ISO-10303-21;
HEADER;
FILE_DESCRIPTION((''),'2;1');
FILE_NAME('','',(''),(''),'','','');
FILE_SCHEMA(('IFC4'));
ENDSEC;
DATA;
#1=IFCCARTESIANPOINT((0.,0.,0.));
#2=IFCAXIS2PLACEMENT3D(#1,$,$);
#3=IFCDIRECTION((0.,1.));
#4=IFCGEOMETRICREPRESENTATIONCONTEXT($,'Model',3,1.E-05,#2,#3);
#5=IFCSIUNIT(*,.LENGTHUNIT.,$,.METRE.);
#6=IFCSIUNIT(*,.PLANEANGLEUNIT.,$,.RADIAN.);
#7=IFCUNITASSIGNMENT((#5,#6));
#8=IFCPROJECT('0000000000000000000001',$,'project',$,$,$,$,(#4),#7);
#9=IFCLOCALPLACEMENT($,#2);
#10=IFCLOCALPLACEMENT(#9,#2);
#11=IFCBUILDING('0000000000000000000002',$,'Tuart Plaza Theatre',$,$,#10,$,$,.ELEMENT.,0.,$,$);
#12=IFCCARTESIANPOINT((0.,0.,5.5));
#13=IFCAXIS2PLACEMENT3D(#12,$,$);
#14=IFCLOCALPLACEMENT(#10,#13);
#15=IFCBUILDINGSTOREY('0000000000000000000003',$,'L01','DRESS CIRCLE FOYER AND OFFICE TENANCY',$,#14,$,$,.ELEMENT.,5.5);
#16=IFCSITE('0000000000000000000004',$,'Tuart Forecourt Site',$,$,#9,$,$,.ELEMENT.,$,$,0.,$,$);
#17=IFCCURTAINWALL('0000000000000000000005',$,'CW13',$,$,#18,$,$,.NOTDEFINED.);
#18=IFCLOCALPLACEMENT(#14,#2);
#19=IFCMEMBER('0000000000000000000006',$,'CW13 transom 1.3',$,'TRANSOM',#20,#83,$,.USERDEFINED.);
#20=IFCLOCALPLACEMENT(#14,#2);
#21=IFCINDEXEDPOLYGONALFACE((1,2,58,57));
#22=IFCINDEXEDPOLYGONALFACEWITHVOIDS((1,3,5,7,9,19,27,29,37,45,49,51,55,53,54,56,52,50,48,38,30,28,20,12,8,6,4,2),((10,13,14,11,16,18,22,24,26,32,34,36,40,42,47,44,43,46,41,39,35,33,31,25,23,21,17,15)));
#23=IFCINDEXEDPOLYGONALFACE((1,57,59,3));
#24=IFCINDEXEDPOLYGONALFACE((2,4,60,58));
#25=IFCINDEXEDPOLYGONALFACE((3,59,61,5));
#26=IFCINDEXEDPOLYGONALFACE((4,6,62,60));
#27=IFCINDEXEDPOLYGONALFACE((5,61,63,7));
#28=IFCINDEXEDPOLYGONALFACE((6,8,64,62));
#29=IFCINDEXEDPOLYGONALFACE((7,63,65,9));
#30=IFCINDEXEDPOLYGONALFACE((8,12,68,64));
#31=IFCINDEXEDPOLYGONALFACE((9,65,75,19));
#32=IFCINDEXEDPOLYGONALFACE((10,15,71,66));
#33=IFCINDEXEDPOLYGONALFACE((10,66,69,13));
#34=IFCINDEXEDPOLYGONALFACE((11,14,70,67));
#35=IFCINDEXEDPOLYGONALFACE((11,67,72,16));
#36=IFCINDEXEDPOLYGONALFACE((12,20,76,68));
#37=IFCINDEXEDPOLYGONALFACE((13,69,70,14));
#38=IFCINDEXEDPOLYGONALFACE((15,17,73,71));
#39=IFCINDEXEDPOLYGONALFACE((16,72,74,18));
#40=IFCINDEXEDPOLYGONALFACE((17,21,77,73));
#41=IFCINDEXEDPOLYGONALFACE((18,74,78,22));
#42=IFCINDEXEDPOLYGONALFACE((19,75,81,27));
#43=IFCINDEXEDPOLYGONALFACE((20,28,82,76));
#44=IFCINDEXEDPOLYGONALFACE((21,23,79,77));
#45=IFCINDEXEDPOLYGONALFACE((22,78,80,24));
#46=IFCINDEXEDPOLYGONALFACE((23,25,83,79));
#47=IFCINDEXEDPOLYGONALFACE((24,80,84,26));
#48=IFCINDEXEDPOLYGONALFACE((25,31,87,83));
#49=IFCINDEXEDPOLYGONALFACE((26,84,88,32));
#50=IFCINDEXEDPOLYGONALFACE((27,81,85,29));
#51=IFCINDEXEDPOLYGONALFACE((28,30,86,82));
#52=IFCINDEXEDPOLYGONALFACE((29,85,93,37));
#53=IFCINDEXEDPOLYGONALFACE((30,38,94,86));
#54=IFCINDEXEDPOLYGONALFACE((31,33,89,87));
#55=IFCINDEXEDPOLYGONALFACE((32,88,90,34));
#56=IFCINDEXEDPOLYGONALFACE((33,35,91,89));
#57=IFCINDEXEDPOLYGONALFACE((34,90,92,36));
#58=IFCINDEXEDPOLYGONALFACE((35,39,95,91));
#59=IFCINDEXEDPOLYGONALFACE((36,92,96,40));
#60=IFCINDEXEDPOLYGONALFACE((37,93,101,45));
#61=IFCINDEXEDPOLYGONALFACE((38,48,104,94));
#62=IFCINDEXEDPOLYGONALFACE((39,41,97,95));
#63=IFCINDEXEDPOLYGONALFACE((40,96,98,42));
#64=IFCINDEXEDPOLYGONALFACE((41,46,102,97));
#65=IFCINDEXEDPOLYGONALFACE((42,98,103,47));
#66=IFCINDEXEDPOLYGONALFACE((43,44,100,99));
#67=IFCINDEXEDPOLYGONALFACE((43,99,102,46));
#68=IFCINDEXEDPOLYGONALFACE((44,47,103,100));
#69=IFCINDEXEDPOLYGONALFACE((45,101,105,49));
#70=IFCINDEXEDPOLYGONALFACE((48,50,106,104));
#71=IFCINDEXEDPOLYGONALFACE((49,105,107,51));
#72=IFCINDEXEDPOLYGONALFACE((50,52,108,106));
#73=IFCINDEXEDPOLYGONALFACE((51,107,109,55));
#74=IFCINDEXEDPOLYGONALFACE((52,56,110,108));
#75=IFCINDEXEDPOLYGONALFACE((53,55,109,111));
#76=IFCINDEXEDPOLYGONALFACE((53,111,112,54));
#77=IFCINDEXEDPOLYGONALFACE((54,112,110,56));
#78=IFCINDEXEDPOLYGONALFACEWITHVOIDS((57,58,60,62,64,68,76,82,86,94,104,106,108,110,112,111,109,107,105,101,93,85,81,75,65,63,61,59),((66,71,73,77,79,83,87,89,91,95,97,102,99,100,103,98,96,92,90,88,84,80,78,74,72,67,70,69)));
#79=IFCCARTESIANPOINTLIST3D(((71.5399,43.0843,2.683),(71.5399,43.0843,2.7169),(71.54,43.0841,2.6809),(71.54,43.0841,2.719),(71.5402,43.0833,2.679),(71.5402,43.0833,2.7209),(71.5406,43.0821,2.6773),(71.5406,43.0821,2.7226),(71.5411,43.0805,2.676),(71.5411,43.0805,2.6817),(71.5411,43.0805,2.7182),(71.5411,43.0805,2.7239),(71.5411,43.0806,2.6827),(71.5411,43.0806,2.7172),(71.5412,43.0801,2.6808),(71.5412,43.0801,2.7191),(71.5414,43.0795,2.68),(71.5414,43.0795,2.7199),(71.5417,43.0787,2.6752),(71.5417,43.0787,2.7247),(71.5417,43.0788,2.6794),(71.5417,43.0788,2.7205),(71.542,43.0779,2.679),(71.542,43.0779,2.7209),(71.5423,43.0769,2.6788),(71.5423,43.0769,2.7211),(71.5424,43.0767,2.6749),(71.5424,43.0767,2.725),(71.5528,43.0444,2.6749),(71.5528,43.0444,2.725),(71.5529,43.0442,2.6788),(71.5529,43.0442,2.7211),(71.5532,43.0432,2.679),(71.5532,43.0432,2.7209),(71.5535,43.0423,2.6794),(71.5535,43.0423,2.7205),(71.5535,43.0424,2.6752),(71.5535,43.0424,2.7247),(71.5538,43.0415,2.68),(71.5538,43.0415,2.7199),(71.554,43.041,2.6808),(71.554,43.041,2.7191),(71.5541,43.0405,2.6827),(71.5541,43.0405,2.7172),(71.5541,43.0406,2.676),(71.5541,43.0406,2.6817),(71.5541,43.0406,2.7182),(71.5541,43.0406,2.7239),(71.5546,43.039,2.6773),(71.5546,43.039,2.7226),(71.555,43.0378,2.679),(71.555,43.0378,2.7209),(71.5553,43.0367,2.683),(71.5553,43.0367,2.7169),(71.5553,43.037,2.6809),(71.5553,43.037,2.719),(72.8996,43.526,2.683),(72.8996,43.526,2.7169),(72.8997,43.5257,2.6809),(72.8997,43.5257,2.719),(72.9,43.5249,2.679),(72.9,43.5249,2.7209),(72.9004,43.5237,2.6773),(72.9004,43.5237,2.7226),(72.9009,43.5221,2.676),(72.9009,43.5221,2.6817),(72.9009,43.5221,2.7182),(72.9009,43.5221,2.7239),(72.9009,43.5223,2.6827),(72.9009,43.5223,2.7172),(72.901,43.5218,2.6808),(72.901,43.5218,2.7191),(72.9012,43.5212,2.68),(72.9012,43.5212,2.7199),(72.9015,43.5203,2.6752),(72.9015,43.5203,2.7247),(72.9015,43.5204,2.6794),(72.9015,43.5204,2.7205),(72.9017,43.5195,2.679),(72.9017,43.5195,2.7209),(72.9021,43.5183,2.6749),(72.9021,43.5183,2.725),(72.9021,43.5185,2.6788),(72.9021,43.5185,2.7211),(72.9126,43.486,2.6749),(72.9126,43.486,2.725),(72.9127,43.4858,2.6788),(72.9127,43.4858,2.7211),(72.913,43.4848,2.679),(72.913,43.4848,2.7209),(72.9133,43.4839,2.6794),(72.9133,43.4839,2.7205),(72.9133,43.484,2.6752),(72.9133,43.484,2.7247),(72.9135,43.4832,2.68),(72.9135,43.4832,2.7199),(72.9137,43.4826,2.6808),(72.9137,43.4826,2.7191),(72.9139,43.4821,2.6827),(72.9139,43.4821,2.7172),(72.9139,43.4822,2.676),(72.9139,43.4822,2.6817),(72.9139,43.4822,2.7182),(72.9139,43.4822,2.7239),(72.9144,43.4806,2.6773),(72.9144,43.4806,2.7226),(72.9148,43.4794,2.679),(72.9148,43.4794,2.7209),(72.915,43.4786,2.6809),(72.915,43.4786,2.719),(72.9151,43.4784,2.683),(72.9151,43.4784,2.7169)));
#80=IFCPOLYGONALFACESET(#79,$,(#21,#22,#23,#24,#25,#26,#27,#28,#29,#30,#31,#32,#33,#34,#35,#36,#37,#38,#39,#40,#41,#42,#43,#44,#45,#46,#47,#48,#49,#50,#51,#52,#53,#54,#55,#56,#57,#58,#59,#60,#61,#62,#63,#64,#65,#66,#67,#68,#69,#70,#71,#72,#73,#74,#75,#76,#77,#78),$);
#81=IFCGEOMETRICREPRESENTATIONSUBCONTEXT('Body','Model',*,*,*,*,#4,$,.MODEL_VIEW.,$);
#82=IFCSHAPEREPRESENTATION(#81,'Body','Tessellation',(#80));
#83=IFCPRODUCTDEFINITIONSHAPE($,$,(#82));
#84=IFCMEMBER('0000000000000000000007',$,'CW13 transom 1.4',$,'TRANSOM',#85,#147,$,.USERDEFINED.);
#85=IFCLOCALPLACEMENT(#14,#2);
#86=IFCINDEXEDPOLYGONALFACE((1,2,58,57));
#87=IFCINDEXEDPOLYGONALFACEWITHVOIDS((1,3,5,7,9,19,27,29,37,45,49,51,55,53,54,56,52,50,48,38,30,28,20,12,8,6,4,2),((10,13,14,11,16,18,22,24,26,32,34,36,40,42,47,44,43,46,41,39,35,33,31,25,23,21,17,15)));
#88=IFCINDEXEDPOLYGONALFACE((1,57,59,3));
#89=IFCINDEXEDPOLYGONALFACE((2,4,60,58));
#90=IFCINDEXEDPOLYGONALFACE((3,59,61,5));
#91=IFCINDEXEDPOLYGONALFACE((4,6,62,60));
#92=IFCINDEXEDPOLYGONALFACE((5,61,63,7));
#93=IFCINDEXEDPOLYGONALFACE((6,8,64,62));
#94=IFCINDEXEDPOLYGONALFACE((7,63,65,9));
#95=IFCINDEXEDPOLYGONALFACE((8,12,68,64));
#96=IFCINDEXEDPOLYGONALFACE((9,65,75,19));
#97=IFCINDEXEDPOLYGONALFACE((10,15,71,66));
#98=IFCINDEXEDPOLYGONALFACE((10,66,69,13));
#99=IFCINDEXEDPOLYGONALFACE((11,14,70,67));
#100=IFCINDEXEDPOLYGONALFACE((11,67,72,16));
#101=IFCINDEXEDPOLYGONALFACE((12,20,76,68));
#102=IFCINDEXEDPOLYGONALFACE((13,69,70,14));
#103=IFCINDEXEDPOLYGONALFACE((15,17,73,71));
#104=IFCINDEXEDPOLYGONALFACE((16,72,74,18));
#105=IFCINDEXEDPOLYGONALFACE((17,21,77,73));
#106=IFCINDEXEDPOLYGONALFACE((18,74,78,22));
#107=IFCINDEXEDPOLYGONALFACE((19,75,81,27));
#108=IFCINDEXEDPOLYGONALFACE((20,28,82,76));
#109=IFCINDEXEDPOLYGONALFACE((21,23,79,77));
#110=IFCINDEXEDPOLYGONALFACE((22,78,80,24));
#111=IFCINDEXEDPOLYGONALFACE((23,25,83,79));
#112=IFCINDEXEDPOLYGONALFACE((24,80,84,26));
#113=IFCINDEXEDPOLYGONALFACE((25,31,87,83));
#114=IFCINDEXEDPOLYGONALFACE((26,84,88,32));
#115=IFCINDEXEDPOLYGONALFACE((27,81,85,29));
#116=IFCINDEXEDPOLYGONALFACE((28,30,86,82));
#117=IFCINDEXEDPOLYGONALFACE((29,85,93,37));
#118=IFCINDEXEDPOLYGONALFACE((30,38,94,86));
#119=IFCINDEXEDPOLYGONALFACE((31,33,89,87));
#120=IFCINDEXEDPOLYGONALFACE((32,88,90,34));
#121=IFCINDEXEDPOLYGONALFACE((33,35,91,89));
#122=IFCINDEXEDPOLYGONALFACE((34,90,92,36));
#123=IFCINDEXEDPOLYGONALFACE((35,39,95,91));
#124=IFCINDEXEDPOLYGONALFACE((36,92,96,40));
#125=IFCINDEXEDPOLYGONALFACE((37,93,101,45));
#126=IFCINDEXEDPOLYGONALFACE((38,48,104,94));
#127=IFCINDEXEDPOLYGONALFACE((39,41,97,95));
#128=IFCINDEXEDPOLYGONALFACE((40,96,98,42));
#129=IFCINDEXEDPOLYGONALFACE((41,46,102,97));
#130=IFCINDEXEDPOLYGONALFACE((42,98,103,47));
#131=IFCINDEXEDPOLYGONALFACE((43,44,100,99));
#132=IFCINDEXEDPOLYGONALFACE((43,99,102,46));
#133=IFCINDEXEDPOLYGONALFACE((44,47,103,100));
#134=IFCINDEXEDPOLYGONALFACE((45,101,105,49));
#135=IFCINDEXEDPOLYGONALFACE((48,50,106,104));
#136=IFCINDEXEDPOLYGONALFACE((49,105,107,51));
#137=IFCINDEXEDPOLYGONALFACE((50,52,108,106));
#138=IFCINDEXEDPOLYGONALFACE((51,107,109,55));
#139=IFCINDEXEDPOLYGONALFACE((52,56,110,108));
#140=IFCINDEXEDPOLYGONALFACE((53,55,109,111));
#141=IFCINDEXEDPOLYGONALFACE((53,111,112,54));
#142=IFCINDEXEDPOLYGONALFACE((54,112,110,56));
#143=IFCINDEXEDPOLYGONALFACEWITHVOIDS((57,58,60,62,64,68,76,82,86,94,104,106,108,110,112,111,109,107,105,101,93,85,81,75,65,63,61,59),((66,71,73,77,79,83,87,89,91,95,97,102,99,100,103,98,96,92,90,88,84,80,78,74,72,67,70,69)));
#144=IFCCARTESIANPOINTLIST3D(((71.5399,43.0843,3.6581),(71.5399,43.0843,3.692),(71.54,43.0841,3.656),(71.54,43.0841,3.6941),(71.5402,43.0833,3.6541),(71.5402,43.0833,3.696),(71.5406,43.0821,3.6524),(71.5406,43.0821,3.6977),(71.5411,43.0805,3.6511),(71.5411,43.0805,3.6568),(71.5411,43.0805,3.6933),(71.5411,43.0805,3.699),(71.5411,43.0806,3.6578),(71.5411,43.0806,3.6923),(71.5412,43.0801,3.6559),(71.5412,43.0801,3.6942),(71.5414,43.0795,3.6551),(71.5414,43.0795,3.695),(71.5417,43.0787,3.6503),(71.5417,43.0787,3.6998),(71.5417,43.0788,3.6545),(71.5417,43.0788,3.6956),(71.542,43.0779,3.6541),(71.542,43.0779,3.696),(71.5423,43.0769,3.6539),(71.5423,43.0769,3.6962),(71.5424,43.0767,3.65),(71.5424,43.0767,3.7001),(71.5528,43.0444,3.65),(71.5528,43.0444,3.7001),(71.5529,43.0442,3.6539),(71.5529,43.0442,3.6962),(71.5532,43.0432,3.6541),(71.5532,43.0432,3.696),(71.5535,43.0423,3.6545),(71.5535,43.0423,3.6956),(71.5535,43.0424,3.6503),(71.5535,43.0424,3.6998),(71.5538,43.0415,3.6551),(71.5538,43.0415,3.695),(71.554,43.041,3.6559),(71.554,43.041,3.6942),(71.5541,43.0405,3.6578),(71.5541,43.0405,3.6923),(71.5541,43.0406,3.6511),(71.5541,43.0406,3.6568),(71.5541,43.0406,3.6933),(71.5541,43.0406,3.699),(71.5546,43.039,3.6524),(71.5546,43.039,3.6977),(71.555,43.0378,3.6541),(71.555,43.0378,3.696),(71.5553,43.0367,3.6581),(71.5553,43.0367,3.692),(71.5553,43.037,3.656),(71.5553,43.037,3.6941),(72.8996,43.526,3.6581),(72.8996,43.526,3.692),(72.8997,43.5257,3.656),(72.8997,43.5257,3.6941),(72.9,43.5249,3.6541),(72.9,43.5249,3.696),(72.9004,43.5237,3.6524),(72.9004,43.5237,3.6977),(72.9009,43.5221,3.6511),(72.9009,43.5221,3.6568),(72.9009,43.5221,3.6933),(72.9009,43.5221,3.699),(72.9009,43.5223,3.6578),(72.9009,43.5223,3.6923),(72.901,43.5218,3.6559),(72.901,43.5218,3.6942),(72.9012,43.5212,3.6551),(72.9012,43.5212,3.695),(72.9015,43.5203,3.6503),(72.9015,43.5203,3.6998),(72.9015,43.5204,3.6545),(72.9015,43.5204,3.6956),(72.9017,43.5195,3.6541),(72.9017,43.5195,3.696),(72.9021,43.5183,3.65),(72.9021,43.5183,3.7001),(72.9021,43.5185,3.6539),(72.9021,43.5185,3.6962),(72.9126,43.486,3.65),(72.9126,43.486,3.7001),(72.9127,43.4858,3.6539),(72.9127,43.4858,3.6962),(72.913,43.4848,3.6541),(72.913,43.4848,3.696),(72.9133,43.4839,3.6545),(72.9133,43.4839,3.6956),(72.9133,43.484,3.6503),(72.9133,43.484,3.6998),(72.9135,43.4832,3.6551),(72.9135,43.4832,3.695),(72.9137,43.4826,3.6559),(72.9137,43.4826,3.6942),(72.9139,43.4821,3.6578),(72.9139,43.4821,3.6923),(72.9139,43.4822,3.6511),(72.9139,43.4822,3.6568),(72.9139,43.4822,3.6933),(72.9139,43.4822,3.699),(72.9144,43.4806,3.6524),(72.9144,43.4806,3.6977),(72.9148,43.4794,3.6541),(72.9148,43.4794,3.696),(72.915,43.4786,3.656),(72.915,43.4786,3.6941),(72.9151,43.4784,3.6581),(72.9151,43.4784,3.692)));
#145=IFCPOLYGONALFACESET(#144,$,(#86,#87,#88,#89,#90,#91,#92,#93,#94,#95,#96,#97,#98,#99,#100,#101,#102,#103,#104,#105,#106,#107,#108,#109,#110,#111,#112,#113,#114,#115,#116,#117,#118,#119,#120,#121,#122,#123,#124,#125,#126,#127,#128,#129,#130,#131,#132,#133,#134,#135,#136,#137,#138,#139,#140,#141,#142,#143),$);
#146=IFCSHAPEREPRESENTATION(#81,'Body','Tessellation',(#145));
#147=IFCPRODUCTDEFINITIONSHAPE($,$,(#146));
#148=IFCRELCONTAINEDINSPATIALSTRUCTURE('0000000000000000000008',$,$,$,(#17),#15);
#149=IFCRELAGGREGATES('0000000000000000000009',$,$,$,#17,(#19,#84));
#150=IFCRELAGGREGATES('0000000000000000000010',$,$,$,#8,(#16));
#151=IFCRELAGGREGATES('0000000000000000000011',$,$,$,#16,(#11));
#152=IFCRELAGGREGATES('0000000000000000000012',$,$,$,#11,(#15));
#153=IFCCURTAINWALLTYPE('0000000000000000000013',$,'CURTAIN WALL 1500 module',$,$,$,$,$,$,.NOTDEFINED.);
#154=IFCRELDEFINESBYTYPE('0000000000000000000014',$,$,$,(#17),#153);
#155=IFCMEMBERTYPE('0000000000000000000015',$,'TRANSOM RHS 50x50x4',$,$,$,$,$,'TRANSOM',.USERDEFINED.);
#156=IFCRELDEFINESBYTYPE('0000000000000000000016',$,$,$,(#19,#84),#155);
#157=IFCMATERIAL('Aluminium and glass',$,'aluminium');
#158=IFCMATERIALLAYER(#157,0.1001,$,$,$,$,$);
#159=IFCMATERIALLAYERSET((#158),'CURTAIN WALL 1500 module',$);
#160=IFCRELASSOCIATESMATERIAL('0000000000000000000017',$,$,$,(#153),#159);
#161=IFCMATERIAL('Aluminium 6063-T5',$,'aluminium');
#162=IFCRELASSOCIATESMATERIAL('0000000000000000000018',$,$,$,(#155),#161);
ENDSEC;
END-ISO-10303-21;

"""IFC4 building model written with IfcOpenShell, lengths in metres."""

from ifc_helpers import new_model, si_unit, direction, frame, origin, origin_2d, place, context, subcontext, project, spatial, hollow_rectangle, extrude, material, layer, layer_set, material_profile, profile_set, type_object, element, aggregate, save


model = new_model("IFC4")

# Units and contexts
model_context = context("Model", 3, precision=1e-05, world=origin(), true_north=direction((0.0, 1.0)))
body_context = subcontext(model_context, "Body", "Model", "MODEL_VIEW")
ifc_project = project(units=[si_unit("LENGTHUNIT", "METRE"), si_unit("PLANEANGLEUNIT", "RADIAN")], contexts=[model_context])

# Site, building, storey
site_placement = place(None, origin())
site = spatial("IfcSite", under=ifc_project, at=site_placement, Name="Tuart Forecourt Site", CompositionType="ELEMENT", RefElevation=0.0)
building_placement = place(site_placement, origin())
building = spatial("IfcBuilding", under=site, at=building_placement, Name="Tuart Plaza Theatre", CompositionType="ELEMENT", ElevationOfRefHeight=0.0)
storey_placement = place(building_placement, frame((0.0, 0.0, 5.5)))
storey = spatial("IfcBuildingStorey", under=building, at=storey_placement, Name="L01", Description="DRESS CIRCLE FOYER AND OFFICE TENANCY", CompositionType="ELEMENT", Elevation=5.5)

# Curtain wall, members
ifc_material_1 = material(Name="Aluminium and glass", Category="aluminium")
ifc_layer_1 = layer(ifc_material_1, 0.1001)
ifc_layer_set_1 = layer_set([ifc_layer_1], Name="CURTAIN WALL 1500 module")
curtain_wall_type = type_object("IfcCurtainWallType", Name="CURTAIN WALL 1500 module", PredefinedType="NOTDEFINED", material=ifc_layer_set_1)
curtain_wall_placement = place(storey_placement, origin())
curtain_wall = element("IfcCurtainWall", 1, at=curtain_wall_placement, inside=storey, type_object=curtain_wall_type, Name="CW13", PredefinedType="NOTDEFINED")
ifc_material_2 = material(Name="Aluminium 6063-T5", Category="aluminium")
ifc_material_profile_1 = material_profile(ifc_material_2, hollow_rectangle(XDim=0.05, YDim=0.05, WallThickness=0.0039, InnerFilletRadius=0.0039, OuterFilletRadius=0.0081, at=origin_2d()), Name="RHS 50x50x4")
ifc_profile_set_1 = profile_set([ifc_material_profile_1], Name="Aluminium 6063-T5")
member_type_1 = type_object("IfcMemberType", Name="TRANSOM RHS 50x50x4", ElementType="TRANSOM", PredefinedType="USERDEFINED", material=ifc_profile_set_1)
member_1_placement = place(storey_placement, frame((71.5476, 43.0605, 2.7), z_axis=(0.951097, 0.308893, 0.0), x_axis=(-0.308893, 0.951097, 0.0)))
member_1 = element("IfcMember", 2, at=member_1_placement, type_object=member_type_1, Name="CW13 transom 1.3", ObjectType="TRANSOM", PredefinedType="USERDEFINED", context=body_context, shape_type="SweptSolid", body=[
    extrude(hollow_rectangle(XDim=0.05, YDim=0.05, WallThickness=0.0039, InnerFilletRadius=0.0039, OuterFilletRadius=0.0081, at=origin_2d()), origin(), (0.0, 0.0, 1.0), 1.4297),
])
member_2_placement = place(storey_placement, frame((71.5476, 43.0605, 3.675), z_axis=(0.951097, 0.308893, 0.0), x_axis=(-0.308893, 0.951097, 0.0)))
member_2 = element("IfcMember", 3, at=member_2_placement, type_object=member_type_1, Name="CW13 transom 1.4", ObjectType="TRANSOM", PredefinedType="USERDEFINED", context=body_context, shape_type="SweptSolid", body=[
    extrude(hollow_rectangle(XDim=0.05, YDim=0.05, WallThickness=0.0039, InnerFilletRadius=0.0039, OuterFilletRadius=0.0081, at=origin_2d()), origin(), (0.0, 0.0, 1.0), 1.4297),
])
aggregate(curtain_wall, [member_1, member_2])

save(model, "model.ifc")
